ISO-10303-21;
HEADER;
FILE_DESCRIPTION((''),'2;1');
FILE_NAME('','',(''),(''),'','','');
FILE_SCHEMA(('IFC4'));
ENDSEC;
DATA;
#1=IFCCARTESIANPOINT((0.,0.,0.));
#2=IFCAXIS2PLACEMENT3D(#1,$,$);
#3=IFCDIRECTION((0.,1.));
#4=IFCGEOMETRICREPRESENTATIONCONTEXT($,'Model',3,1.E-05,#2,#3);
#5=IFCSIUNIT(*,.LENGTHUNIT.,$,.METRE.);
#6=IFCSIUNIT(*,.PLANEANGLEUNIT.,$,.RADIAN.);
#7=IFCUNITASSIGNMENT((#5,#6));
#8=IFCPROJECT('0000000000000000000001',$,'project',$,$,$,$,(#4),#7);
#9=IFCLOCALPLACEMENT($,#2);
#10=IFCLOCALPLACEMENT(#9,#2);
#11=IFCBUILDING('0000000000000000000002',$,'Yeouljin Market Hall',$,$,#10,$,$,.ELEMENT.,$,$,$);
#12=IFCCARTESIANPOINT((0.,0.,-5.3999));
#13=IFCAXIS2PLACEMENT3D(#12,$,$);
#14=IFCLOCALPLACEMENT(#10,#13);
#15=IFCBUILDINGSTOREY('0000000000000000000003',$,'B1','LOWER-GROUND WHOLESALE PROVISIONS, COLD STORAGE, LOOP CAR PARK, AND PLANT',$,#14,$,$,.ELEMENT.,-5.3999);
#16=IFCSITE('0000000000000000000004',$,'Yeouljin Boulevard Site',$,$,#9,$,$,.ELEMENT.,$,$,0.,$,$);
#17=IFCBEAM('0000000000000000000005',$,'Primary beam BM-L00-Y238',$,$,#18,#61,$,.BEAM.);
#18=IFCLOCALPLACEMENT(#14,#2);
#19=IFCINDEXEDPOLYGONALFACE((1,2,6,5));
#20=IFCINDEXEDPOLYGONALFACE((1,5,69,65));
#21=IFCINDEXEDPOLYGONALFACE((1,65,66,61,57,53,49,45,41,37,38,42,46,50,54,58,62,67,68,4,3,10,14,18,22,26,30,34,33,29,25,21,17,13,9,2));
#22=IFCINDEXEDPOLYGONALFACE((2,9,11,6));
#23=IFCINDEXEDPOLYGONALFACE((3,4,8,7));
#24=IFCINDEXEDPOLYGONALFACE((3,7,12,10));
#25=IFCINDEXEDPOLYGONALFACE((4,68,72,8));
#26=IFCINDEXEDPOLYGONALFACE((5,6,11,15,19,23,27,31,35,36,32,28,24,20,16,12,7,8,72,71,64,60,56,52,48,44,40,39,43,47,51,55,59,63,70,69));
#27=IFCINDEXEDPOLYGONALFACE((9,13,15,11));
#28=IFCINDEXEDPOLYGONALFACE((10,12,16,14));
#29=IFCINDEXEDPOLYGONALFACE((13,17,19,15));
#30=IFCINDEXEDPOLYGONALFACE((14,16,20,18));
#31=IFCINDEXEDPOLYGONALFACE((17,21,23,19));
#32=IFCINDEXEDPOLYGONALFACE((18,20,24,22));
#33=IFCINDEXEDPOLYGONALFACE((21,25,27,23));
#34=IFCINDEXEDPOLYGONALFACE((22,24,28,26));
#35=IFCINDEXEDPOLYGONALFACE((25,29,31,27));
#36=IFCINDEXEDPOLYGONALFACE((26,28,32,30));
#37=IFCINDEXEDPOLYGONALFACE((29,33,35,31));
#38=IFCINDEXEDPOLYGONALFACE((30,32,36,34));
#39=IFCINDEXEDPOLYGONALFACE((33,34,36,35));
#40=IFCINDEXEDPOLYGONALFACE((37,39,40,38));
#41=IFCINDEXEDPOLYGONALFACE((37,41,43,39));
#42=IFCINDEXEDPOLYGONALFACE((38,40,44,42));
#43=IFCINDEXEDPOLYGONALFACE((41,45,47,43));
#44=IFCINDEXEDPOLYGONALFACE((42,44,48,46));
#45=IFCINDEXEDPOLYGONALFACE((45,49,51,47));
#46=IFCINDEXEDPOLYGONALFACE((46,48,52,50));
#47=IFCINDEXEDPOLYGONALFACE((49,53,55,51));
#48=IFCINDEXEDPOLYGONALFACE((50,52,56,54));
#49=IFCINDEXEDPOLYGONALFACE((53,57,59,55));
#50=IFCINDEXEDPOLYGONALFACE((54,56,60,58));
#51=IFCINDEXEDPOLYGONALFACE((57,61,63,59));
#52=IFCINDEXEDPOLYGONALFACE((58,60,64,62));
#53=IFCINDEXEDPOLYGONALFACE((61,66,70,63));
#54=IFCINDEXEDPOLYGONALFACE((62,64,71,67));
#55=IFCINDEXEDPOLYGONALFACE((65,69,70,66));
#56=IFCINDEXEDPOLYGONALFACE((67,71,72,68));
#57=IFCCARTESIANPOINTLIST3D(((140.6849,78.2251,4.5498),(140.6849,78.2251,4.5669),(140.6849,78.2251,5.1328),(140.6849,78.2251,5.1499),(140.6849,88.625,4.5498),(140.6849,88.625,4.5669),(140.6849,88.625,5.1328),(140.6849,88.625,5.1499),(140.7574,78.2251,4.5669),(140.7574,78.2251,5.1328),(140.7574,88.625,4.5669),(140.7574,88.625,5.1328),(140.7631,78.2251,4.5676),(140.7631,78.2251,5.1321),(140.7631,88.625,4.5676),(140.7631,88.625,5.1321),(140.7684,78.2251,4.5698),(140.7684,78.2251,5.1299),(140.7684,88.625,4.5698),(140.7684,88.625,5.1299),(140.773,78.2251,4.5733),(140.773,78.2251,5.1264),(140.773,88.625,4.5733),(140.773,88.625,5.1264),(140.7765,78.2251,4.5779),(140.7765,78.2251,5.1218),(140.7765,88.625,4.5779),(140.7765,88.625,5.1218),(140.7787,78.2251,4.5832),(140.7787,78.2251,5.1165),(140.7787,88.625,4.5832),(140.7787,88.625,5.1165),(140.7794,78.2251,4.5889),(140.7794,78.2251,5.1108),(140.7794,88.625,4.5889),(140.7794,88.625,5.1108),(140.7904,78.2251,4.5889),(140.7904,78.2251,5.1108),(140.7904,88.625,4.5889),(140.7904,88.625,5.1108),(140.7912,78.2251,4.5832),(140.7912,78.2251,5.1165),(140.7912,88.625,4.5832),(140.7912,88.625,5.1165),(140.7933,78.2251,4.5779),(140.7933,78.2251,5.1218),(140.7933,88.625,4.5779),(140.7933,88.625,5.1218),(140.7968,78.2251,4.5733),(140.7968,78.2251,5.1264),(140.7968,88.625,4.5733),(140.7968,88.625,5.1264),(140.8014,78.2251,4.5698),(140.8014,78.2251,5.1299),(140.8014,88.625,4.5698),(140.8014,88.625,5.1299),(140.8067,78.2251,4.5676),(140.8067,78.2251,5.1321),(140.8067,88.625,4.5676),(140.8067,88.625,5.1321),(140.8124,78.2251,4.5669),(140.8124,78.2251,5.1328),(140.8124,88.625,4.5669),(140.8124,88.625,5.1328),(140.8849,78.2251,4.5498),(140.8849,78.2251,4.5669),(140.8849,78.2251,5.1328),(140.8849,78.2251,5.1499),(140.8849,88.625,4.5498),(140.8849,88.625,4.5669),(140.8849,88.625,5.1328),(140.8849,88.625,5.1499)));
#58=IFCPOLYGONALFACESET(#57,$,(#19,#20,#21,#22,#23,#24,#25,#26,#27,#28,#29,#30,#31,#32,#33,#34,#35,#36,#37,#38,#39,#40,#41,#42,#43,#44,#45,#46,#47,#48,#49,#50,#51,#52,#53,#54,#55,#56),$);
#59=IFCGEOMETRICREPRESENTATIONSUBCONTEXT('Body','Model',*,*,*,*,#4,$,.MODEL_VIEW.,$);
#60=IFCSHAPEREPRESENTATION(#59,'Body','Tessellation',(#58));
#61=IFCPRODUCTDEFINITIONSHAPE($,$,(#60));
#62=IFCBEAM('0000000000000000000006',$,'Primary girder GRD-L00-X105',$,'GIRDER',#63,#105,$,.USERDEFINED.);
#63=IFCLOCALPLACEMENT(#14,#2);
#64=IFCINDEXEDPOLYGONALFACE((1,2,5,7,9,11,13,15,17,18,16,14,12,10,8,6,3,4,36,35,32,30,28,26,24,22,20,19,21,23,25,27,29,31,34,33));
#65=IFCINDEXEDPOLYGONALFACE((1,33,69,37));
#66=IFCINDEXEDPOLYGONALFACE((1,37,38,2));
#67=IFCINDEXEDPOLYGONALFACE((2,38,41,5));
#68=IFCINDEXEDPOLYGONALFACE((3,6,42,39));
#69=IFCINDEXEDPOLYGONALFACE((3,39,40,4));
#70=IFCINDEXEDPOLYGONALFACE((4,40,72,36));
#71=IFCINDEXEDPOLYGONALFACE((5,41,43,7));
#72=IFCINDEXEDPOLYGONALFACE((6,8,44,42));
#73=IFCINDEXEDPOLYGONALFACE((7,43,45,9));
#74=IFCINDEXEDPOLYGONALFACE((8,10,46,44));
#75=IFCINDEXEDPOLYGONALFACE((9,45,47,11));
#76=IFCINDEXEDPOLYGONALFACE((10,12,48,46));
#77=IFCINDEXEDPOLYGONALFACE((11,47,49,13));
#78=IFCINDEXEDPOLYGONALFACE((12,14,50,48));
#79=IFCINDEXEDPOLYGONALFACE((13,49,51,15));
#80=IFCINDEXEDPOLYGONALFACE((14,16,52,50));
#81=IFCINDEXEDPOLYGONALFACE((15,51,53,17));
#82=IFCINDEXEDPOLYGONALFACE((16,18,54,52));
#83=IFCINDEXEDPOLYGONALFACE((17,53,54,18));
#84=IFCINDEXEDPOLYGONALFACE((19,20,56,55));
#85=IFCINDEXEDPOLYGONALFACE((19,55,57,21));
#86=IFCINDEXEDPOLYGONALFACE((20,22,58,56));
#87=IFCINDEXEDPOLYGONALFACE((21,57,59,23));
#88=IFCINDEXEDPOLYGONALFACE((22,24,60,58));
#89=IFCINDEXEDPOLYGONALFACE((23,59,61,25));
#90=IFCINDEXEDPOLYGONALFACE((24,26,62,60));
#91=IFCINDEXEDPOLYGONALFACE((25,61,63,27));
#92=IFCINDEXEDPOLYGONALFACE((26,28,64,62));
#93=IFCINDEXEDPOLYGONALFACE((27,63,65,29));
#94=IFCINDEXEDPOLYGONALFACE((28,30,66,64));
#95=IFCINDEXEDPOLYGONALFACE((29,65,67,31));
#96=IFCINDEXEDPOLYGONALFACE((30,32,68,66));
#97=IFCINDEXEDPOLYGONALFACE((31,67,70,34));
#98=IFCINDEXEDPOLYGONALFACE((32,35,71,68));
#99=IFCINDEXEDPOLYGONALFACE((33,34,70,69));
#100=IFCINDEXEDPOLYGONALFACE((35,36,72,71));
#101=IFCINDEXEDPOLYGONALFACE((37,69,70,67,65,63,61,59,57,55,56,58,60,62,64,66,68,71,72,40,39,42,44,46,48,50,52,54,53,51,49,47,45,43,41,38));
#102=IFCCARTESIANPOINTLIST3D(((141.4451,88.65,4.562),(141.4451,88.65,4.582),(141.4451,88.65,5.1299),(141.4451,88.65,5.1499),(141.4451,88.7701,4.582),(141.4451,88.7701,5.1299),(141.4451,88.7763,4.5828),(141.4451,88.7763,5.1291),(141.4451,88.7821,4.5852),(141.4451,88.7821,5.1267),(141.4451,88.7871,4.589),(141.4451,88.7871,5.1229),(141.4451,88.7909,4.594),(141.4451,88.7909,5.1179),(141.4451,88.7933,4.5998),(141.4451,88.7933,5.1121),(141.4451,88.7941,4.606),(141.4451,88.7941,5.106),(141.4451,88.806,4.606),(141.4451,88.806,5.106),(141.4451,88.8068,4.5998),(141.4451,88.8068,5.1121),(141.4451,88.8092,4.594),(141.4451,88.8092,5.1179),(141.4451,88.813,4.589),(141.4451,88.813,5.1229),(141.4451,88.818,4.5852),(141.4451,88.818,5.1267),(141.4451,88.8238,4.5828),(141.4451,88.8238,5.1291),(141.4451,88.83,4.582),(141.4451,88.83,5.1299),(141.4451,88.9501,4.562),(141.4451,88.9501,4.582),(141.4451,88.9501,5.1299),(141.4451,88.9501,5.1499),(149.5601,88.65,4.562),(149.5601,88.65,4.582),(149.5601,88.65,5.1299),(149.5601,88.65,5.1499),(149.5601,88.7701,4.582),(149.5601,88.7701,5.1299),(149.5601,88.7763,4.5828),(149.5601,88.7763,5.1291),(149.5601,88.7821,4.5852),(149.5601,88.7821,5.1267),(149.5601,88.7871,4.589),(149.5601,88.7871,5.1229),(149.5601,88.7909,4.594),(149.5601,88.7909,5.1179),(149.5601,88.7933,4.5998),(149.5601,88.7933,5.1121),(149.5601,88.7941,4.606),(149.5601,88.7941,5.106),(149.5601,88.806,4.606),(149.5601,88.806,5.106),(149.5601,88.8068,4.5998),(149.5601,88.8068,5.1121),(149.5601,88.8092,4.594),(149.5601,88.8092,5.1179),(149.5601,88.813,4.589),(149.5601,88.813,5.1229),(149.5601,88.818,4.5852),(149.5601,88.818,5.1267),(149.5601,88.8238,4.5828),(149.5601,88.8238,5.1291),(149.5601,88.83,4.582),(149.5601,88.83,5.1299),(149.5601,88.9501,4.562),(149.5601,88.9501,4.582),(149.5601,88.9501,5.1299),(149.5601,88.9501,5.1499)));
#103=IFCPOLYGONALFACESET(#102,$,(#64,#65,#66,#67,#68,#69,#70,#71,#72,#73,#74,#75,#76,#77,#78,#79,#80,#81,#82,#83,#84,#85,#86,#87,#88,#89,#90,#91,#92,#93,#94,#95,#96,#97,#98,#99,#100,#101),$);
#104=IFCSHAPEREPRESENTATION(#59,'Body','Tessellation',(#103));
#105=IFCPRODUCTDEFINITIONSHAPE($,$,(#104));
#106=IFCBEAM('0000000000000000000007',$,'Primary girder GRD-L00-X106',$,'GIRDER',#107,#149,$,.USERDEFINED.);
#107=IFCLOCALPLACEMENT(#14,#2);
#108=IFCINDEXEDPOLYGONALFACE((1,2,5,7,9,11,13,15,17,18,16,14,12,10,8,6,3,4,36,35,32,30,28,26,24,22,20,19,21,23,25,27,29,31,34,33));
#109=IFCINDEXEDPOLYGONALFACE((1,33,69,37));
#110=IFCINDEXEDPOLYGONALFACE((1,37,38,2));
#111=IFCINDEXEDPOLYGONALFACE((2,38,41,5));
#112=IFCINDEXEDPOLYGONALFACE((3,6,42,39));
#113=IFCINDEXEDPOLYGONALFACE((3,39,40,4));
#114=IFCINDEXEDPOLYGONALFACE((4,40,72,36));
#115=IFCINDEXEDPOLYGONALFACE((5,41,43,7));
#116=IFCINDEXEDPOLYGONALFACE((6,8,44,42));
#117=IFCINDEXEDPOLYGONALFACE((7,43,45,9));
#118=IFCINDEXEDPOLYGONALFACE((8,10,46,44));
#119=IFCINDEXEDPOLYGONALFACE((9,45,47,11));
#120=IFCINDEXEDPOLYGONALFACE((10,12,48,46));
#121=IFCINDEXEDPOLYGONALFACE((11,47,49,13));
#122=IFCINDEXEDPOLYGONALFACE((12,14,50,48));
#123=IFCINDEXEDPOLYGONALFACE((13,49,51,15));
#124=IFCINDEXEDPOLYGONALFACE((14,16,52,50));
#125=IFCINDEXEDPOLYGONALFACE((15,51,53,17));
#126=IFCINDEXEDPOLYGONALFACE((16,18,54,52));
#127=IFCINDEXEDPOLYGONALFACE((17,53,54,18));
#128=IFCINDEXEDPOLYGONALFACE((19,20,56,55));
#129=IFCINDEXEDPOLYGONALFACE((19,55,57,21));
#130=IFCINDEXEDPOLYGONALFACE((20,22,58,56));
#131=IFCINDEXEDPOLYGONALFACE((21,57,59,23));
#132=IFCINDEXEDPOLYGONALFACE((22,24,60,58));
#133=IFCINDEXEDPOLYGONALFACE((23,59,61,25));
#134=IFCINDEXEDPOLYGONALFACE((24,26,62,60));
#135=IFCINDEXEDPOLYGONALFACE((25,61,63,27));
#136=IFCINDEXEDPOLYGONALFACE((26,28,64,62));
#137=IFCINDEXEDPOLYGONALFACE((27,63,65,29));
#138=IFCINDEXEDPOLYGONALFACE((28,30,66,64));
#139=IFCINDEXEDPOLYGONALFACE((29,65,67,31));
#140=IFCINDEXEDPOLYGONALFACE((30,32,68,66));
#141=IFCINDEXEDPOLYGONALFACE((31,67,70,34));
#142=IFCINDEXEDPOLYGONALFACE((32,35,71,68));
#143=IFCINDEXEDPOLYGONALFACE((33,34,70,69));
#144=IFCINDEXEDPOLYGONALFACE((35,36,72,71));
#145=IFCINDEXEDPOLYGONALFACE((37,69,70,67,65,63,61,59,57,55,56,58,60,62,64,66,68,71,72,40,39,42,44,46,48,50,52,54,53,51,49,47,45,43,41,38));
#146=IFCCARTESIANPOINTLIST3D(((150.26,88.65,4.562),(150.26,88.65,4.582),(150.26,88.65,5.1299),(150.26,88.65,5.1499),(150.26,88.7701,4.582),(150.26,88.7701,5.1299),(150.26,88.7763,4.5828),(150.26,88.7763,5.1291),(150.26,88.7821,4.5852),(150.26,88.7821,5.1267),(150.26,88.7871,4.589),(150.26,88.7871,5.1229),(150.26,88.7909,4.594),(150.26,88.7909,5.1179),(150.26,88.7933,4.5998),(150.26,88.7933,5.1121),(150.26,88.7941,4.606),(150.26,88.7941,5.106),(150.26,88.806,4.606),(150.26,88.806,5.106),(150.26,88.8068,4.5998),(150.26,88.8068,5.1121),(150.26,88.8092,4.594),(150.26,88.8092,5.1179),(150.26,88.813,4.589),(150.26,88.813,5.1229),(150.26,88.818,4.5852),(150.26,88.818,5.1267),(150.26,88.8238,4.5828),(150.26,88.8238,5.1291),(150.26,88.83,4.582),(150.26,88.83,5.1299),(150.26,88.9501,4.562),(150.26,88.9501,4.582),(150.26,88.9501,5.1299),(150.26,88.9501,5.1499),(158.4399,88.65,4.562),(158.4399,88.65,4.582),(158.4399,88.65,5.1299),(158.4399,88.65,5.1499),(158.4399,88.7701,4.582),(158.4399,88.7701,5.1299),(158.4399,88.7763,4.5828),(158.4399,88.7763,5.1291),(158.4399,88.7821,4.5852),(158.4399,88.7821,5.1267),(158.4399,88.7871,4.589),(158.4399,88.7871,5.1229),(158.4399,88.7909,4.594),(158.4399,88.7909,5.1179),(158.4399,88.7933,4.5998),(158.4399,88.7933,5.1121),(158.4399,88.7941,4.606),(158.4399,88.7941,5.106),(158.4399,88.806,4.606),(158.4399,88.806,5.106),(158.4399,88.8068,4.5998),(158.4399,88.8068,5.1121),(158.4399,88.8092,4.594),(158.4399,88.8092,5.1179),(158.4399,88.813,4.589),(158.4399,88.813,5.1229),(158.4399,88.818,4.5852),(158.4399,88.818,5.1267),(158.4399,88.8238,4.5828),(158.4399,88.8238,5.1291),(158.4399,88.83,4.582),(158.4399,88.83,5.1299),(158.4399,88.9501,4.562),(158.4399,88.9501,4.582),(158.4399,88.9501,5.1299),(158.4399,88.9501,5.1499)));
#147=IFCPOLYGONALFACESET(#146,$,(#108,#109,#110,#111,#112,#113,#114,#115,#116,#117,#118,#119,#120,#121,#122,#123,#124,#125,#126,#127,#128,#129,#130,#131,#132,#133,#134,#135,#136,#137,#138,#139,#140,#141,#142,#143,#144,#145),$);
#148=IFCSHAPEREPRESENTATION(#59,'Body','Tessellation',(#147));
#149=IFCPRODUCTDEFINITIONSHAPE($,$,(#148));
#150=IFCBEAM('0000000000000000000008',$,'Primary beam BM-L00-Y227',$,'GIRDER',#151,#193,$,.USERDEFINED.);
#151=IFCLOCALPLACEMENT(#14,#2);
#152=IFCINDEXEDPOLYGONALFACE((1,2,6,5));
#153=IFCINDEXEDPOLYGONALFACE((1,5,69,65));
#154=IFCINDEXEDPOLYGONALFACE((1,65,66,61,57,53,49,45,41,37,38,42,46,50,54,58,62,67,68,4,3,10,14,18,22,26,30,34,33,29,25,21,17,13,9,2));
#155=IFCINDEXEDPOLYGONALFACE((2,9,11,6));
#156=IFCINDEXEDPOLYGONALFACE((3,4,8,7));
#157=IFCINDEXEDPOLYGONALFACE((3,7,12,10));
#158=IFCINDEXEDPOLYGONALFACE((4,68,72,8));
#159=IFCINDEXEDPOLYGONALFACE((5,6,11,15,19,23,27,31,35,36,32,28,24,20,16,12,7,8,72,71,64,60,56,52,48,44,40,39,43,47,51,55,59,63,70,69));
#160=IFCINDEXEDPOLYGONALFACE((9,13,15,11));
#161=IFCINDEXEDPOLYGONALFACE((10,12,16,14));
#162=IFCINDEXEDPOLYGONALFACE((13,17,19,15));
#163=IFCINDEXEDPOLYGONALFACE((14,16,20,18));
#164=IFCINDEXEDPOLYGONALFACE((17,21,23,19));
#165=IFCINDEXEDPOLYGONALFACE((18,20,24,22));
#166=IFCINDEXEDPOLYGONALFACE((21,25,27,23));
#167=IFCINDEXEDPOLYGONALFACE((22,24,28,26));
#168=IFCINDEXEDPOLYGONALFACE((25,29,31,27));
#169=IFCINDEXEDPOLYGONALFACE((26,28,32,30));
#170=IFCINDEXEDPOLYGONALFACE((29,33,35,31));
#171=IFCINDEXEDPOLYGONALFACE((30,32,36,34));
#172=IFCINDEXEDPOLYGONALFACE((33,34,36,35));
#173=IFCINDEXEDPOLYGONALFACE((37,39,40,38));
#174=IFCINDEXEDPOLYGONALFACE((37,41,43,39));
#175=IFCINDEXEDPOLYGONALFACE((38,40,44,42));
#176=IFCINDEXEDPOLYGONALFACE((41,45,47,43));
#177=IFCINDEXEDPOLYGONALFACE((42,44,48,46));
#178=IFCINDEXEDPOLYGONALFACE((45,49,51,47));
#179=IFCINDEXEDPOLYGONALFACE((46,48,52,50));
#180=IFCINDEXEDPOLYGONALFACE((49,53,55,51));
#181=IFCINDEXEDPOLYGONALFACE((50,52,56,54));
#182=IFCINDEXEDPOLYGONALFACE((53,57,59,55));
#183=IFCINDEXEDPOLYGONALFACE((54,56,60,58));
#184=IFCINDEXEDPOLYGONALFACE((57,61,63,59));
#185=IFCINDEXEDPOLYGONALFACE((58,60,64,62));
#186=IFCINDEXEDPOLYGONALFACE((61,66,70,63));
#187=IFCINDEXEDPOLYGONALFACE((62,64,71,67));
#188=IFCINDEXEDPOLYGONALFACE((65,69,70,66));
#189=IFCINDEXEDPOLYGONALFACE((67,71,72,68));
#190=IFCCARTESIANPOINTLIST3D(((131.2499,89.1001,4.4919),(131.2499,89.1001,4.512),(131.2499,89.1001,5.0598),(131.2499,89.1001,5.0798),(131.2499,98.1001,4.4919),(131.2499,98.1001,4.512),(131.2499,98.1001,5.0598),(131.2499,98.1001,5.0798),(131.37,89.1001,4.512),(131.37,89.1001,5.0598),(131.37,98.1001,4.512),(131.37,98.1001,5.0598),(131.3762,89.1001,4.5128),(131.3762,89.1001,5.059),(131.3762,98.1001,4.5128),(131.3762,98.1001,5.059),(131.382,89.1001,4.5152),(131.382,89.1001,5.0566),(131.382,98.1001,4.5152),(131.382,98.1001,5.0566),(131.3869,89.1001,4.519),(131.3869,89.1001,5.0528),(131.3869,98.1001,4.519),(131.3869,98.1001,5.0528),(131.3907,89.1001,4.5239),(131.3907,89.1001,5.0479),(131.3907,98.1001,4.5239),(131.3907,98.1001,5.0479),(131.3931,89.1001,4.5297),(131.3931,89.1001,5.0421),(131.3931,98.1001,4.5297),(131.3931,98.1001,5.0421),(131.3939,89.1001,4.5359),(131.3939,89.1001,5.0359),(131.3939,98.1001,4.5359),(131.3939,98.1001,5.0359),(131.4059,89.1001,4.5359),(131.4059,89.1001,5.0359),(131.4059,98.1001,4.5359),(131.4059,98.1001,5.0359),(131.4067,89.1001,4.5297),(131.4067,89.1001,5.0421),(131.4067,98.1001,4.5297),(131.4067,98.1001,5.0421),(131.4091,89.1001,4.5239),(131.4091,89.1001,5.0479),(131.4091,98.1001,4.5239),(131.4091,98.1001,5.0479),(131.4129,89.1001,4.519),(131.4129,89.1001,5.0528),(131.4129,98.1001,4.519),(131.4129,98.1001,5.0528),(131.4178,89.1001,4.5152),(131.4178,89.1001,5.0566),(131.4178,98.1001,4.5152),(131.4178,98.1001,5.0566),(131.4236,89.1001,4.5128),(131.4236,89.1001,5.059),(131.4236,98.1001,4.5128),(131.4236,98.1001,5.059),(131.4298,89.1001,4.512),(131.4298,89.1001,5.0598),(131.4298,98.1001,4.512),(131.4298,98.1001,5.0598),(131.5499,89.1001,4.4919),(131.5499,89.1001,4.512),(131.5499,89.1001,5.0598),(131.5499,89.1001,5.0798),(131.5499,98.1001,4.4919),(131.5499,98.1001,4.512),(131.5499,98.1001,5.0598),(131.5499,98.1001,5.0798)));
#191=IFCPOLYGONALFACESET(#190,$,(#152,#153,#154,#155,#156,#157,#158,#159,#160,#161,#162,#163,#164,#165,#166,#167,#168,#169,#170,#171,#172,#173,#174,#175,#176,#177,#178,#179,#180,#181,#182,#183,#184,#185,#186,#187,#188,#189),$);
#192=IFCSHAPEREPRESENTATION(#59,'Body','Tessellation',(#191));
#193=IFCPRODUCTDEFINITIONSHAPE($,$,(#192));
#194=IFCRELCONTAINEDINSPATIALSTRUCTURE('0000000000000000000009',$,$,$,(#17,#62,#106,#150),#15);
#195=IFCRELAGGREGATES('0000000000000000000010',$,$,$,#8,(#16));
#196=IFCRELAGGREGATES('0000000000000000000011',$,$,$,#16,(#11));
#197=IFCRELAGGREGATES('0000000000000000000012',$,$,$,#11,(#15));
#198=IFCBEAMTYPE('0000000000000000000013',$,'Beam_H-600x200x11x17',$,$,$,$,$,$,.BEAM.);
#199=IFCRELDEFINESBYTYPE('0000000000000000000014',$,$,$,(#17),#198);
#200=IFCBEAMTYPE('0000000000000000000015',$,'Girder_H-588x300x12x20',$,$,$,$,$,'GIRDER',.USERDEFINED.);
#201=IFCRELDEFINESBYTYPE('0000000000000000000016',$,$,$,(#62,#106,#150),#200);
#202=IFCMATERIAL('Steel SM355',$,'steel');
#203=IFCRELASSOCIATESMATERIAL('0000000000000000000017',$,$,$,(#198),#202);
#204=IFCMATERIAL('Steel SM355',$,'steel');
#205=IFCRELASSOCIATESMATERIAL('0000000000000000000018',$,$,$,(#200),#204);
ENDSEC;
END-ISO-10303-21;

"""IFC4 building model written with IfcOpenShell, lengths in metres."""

from ifc_helpers import new_model, si_unit, direction, frame, origin, origin_2d, place, context, subcontext, project, spatial, i_section, extrude, material, material_profile, profile_set, type_object, element, save


model = new_model("IFC4")

# Units and contexts
model_context = context("Model", 3, precision=1e-05, world=origin(), true_north=direction((0.0, 1.0)))
body_context = subcontext(model_context, "Body", "Model", "MODEL_VIEW")
ifc_project = project(units=[si_unit("LENGTHUNIT", "METRE"), si_unit("PLANEANGLEUNIT", "RADIAN")], contexts=[model_context])

# Site, building, storey
site_placement = place(None, origin())
site = spatial("IfcSite", under=ifc_project, at=site_placement, Name="Yeouljin Boulevard Site", CompositionType="ELEMENT", RefElevation=0.0)
building_placement = place(site_placement, origin())
building = spatial("IfcBuilding", under=site, at=building_placement, Name="Yeouljin Market Hall", CompositionType="ELEMENT")
storey_placement = place(building_placement, frame((0.0, 0.0, -5.3999)))
storey = spatial("IfcBuildingStorey", under=building, at=storey_placement, Name="B1", Description="LOWER-GROUND WHOLESALE PROVISIONS, COLD STORAGE, LOOP CAR PARK, AND PLANT", CompositionType="ELEMENT", Elevation=-5.3999)

# Beams
ifc_material_1 = material(Name="Steel SM355", Category="steel")
ifc_material_profile_1 = material_profile(ifc_material_1, i_section(OverallWidth=0.2, OverallDepth=0.6001, WebThickness=0.011, FlangeThickness=0.0171, FilletRadius=0.022, at=origin_2d()), Name="H-600x200x11x17")
ifc_profile_set_1 = profile_set([ifc_material_profile_1], Name="Steel SM355")
beam_type_1 = type_object("IfcBeamType", Name="Beam_H-600x200x11x17", PredefinedType="BEAM", material=ifc_profile_set_1)
beam_1_placement = place(storey_placement, frame((140.7849, 78.2251, 4.8499), z_axis=(0.0, 1.0, 0.0), x_axis=(-1.0, 0.0, 0.0)))
element("IfcBeam", 1, at=beam_1_placement, inside=storey, type_object=beam_type_1, Name="Primary beam BM-L00-Y238", PredefinedType="BEAM", context=body_context, shape_type="SweptSolid", body=[
    extrude(i_section(OverallWidth=0.2, OverallDepth=0.6001, WebThickness=0.011, FlangeThickness=0.0171, FilletRadius=0.022, at=origin_2d()), origin(), (0.0, 0.0, 1.0), 10.3999),
])
ifc_material_2 = material(Name="Steel SM355", Category="steel")
ifc_material_profile_2 = material_profile(ifc_material_2, i_section(OverallWidth=0.3, OverallDepth=0.5879, WebThickness=0.012, FlangeThickness=0.02, FilletRadius=0.0239, at=origin_2d()), Name="H-588x300x12x20")
ifc_profile_set_2 = profile_set([ifc_material_profile_2], Name="Steel SM355")
beam_type_2 = type_object("IfcBeamType", Name="Girder_H-588x300x12x20", ElementType="GIRDER", PredefinedType="USERDEFINED", material=ifc_profile_set_2)
beam_2_placement = place(storey_placement, frame((141.4451, 88.8, 4.856), z_axis=(1.0, 0.0, 0.0), x_axis=(0.0, 1.0, 0.0)))
element("IfcBeam", 2, at=beam_2_placement, inside=storey, type_object=beam_type_2, Name="Primary girder GRD-L00-X105", ObjectType="GIRDER", PredefinedType="USERDEFINED", context=body_context, shape_type="SweptSolid", body=[
    extrude(i_section(OverallWidth=0.3, OverallDepth=0.5879, WebThickness=0.012, FlangeThickness=0.02, FilletRadius=0.0239, at=origin_2d()), origin(), (0.0, 0.0, 1.0), 8.115),
])
beam_3_placement = place(storey_placement, frame((150.26, 88.8, 4.856), z_axis=(1.0, 0.0, 0.0), x_axis=(0.0, 1.0, 0.0)))
element("IfcBeam", 3, at=beam_3_placement, inside=storey, type_object=beam_type_2, Name="Primary girder GRD-L00-X106", ObjectType="GIRDER", PredefinedType="USERDEFINED", context=body_context, shape_type="SweptSolid", body=[
    extrude(i_section(OverallWidth=0.3, OverallDepth=0.5879, WebThickness=0.012, FlangeThickness=0.02, FilletRadius=0.0239, at=origin_2d()), origin(), (0.0, 0.0, 1.0), 8.1799),
])
beam_4_placement = place(storey_placement, frame((131.3999, 89.1001, 4.7859), z_axis=(0.0, 1.0, 0.0), x_axis=(-1.0, 0.0, 0.0)))
element("IfcBeam", 4, at=beam_4_placement, inside=storey, type_object=beam_type_2, Name="Primary beam BM-L00-Y227", ObjectType="GIRDER", PredefinedType="USERDEFINED", context=body_context, shape_type="SweptSolid", body=[
    extrude(i_section(OverallWidth=0.3, OverallDepth=0.5879, WebThickness=0.012, FlangeThickness=0.02, FilletRadius=0.0239, at=origin_2d()), origin(), (0.0, 0.0, 1.0), 9.0),
])

save(model, "model.ifc")
